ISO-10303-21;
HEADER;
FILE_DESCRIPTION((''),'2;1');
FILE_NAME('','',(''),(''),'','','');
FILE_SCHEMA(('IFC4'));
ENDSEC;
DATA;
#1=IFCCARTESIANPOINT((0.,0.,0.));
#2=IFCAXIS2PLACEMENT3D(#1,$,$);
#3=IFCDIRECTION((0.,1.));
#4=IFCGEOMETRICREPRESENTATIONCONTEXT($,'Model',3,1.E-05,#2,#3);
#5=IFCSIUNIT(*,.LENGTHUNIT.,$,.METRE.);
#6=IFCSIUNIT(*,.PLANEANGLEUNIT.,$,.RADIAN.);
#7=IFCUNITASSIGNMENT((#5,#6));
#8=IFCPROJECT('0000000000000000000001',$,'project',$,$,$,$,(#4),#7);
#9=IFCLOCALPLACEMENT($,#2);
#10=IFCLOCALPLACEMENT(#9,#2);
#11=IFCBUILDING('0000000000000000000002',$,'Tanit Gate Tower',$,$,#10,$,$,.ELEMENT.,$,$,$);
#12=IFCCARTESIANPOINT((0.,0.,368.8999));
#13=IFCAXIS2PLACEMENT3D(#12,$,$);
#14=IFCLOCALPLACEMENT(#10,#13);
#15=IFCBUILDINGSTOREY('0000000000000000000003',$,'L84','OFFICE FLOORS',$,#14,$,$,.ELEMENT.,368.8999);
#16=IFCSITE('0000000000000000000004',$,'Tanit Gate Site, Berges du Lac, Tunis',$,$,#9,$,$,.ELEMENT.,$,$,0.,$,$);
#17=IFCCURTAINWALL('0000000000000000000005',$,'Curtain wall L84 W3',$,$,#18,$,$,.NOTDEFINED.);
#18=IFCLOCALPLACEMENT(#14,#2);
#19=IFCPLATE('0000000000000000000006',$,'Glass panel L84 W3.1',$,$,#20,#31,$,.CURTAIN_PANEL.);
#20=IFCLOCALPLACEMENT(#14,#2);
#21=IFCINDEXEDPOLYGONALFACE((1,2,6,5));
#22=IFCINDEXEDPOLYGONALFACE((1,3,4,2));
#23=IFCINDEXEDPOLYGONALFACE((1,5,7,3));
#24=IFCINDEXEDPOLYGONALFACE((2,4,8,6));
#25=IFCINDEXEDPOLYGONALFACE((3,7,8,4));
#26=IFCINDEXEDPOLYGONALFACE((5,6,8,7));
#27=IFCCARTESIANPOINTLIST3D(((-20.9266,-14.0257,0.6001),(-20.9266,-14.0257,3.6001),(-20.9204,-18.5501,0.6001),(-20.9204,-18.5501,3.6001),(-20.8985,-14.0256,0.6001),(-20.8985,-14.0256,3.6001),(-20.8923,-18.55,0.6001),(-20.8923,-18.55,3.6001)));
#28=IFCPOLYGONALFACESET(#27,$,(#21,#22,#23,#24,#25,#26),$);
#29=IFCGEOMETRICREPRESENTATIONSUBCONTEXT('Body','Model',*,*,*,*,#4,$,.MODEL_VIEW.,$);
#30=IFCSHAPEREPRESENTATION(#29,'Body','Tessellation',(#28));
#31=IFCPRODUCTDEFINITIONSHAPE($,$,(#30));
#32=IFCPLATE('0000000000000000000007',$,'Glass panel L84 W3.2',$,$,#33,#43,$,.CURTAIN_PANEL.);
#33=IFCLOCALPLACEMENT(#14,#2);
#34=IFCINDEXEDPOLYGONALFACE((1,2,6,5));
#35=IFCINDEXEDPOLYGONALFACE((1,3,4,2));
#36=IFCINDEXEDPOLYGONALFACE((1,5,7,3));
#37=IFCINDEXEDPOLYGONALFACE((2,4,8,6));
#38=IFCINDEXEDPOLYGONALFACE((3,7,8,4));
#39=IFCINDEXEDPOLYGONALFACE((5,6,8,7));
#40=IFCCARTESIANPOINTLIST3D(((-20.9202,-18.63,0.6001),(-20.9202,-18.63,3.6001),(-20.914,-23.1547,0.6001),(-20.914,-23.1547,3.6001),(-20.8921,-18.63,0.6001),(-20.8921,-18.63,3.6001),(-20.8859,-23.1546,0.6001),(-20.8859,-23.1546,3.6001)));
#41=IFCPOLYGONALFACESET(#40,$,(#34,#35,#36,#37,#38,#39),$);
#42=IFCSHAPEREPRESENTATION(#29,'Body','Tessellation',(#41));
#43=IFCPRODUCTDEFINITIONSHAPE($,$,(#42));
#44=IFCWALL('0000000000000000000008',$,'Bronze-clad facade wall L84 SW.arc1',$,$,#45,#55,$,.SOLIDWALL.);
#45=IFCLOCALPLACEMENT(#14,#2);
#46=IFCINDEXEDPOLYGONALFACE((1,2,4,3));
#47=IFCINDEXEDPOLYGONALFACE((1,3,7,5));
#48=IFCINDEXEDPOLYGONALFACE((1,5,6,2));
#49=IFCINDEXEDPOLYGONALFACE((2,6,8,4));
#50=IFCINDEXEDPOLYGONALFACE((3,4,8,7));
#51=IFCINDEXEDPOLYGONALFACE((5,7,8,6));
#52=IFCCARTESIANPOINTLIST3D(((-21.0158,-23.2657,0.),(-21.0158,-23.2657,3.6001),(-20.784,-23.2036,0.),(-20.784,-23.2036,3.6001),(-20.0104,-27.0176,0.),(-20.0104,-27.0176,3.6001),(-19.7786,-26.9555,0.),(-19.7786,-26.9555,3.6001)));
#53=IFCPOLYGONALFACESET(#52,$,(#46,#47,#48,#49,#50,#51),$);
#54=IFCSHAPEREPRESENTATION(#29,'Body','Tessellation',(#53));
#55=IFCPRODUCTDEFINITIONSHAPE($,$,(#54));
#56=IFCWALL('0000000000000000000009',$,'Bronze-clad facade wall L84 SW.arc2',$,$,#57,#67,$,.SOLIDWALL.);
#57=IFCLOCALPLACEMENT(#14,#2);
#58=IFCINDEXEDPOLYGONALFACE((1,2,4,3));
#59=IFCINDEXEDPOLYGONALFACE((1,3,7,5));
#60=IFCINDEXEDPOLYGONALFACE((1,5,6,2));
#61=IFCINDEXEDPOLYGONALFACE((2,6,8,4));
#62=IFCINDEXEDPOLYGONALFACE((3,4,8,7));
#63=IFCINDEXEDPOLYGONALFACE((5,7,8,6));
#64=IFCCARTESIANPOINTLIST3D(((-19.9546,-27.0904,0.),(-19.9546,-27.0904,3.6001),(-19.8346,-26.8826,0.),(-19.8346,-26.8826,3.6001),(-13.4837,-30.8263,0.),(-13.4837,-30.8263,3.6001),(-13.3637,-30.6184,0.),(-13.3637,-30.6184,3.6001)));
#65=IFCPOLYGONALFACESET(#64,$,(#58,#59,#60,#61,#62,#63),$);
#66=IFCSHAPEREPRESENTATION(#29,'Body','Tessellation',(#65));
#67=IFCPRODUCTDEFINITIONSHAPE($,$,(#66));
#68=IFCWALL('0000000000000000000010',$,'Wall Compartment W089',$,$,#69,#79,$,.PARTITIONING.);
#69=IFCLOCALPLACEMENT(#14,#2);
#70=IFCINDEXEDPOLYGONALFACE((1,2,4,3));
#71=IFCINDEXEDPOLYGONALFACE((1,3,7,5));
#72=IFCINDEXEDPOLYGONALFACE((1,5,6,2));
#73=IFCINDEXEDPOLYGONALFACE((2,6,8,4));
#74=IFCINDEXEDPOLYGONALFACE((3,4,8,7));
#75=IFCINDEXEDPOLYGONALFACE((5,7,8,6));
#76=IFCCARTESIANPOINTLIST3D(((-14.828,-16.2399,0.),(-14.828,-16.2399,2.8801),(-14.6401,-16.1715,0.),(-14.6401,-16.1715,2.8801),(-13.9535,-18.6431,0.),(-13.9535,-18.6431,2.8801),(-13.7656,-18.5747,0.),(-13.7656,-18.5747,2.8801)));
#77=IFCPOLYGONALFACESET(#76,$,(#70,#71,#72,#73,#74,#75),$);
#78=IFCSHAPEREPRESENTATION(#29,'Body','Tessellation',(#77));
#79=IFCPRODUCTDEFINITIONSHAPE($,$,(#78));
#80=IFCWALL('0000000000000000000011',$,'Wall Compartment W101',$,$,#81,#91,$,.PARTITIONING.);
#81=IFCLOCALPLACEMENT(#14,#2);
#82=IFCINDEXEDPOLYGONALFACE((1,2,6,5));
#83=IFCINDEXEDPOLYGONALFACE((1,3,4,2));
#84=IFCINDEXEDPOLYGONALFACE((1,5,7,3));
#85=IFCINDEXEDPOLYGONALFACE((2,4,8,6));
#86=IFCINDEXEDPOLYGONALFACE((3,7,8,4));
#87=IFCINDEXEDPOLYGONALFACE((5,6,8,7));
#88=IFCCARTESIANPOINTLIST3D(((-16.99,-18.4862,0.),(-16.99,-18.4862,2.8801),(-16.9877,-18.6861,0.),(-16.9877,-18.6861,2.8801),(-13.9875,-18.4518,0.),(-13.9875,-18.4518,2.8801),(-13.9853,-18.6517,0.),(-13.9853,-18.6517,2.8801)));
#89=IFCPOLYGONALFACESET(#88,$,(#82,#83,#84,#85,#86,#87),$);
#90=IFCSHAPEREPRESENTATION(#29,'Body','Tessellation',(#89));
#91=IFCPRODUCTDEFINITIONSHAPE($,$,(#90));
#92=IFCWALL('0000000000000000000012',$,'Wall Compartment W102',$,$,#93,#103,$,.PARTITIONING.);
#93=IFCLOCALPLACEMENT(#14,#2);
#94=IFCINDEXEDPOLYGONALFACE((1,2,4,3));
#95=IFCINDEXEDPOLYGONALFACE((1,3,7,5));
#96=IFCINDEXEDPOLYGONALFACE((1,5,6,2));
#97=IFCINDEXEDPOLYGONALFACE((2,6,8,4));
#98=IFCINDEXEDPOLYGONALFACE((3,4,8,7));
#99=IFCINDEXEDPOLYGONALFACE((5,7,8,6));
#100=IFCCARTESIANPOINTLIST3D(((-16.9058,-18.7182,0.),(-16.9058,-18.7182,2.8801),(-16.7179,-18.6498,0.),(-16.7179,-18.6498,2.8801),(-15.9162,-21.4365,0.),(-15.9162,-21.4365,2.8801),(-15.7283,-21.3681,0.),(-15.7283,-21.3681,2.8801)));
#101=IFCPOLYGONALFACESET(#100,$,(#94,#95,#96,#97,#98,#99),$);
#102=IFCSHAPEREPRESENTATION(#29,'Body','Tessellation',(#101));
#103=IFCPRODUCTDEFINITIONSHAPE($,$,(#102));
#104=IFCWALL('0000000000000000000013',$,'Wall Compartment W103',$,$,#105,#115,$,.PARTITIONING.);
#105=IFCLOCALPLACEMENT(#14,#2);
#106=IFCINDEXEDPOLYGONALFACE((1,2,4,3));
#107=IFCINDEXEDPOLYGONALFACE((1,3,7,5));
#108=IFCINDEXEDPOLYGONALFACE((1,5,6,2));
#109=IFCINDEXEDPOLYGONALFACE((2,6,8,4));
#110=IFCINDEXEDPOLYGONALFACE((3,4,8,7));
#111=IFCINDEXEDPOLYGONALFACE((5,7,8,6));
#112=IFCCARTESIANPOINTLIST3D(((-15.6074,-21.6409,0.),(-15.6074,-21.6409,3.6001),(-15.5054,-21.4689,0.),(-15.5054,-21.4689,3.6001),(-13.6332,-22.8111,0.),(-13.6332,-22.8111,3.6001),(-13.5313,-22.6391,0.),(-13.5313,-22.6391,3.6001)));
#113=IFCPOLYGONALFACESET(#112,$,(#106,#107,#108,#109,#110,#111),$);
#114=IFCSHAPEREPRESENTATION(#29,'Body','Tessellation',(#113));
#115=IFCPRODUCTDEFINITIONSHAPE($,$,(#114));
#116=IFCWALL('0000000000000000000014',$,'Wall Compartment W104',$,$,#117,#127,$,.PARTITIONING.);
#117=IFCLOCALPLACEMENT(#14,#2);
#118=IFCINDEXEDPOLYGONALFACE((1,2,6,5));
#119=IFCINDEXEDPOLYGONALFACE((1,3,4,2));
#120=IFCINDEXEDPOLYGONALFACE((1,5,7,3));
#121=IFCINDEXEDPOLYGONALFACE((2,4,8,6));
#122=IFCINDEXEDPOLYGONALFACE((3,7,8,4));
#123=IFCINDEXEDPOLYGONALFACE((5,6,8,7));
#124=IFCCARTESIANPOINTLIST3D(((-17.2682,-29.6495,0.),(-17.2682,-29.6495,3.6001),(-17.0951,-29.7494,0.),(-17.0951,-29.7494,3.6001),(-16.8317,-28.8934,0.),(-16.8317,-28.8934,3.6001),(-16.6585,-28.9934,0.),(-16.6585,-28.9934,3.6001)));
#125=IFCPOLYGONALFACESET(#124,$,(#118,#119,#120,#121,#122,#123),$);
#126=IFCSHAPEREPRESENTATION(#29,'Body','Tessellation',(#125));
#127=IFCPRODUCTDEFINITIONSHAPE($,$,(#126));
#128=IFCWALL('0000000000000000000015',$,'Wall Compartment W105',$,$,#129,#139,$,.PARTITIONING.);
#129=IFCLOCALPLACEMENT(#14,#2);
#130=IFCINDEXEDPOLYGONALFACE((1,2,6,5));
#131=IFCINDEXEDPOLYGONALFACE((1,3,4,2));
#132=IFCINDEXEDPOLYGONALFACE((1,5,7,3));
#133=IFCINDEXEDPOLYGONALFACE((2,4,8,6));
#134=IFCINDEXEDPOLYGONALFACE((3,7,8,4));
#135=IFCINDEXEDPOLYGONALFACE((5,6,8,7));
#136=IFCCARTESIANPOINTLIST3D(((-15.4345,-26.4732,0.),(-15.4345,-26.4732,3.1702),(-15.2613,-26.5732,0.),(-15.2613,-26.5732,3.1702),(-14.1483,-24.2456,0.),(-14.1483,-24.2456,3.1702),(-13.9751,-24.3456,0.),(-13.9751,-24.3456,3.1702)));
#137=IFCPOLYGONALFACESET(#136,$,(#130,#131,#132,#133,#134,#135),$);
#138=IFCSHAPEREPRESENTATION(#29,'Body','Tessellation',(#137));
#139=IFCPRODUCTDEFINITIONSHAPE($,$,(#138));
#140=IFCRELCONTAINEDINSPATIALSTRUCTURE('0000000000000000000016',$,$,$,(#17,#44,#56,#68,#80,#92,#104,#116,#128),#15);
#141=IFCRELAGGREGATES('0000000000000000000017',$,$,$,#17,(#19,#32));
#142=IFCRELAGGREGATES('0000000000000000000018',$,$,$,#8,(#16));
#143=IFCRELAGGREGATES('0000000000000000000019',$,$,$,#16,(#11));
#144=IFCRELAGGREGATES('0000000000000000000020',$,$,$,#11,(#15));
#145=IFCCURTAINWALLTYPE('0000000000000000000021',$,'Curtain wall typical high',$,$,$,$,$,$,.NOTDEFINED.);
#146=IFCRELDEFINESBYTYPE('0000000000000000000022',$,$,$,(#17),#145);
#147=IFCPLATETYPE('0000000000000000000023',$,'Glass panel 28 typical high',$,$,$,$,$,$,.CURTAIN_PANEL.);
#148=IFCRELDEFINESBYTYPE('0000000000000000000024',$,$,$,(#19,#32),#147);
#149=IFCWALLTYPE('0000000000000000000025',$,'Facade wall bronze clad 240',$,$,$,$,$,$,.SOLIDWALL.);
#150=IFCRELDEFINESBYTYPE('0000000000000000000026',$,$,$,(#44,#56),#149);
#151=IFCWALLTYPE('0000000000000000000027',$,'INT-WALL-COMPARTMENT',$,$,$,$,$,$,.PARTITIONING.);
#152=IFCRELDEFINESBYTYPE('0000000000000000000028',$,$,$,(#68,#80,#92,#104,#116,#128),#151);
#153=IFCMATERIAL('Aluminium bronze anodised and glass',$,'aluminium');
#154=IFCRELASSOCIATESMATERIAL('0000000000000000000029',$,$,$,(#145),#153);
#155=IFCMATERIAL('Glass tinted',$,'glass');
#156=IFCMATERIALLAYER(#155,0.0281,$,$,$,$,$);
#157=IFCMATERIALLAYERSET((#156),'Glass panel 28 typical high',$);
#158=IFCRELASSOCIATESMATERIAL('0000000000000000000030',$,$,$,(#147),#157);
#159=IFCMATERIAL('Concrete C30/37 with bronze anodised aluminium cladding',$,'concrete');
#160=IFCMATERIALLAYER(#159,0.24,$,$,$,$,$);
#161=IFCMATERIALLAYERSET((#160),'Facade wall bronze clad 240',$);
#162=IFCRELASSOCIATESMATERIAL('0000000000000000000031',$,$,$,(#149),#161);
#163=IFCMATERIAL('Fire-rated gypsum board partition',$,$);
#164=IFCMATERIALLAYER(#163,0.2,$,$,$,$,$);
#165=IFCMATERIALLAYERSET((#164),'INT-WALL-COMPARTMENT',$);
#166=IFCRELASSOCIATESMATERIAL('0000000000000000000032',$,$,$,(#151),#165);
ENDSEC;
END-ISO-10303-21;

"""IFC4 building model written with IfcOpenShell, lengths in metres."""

from ifc_helpers import new_model, si_unit, direction, frame, frame_2d, origin, origin_2d, place, context, subcontext, project, spatial, rectangle, extrude, material, layer, layer_set, type_object, element, aggregate, save


model = new_model("IFC4")

# Units and contexts
model_context = context("Model", 3, precision=1e-05, world=origin(), true_north=direction((0.0, 1.0)))
body_context = subcontext(model_context, "Body", "Model", "MODEL_VIEW")
ifc_project = project(units=[si_unit("LENGTHUNIT", "METRE"), si_unit("PLANEANGLEUNIT", "RADIAN")], contexts=[model_context])

# Site, building, storey
site_placement = place(None, origin())
site = spatial("IfcSite", under=ifc_project, at=site_placement, Name="Tanit Gate Site, Berges du Lac, Tunis", CompositionType="ELEMENT", RefElevation=0.0)
building_placement = place(site_placement, origin())
building = spatial("IfcBuilding", under=site, at=building_placement, Name="Tanit Gate Tower", CompositionType="ELEMENT")
storey_placement = place(building_placement, frame((0.0, 0.0, 368.8999)))
storey = spatial("IfcBuildingStorey", under=building, at=storey_placement, Name="L84", Description="OFFICE FLOORS", CompositionType="ELEMENT", Elevation=368.8999)

# Curtain wall
ifc_material_1 = material(Name="Aluminium bronze anodised and glass", Category="aluminium")
curtain_wall_type = type_object("IfcCurtainWallType", Name="Curtain wall typical high", PredefinedType="NOTDEFINED", material=ifc_material_1)
curtain_wall_placement = place(storey_placement, origin())
curtain_wall = element("IfcCurtainWall", 1, at=curtain_wall_placement, inside=storey, type_object=curtain_wall_type, Name="Curtain wall L84 W3", PredefinedType="NOTDEFINED")

# Plates
ifc_material_2 = material(Name="Glass tinted", Category="glass")
ifc_layer_1 = layer(ifc_material_2, 0.0281)
ifc_layer_set_1 = layer_set([ifc_layer_1], Name="Glass panel 28 typical high")
plate_type = type_object("IfcPlateType", Name="Glass panel 28 typical high", PredefinedType="CURTAIN_PANEL", material=ifc_layer_set_1)
plate_1_placement = place(storey_placement, frame((-20.9094, -16.2878, 0.6001), z_axis=(0.0, 0.0, 1.0), x_axis=(0.001372, -0.999999, 0.0)))
plate_1 = element("IfcPlate", 2, at=plate_1_placement, type_object=plate_type, Name="Glass panel L84 W3.1", PredefinedType="CURTAIN_PANEL", context=body_context, shape_type="SweptSolid", body=[
    extrude(rectangle(XDim=4.5244, YDim=0.0281, at=origin_2d()), origin(), (0.0, 0.0, 1.0), 3.0),
])
plate_2_placement = place(storey_placement, frame((-20.9031, -20.8923, 0.6001), z_axis=(0.0, 0.0, 1.0), x_axis=(0.001372, -0.999999, 0.0)))
plate_2 = element("IfcPlate", 3, at=plate_2_placement, type_object=plate_type, Name="Glass panel L84 W3.2", PredefinedType="CURTAIN_PANEL", context=body_context, shape_type="SweptSolid", body=[
    extrude(rectangle(XDim=4.5247, YDim=0.0281, at=origin_2d()), origin(), (0.0, 0.0, 1.0), 3.0),
])
aggregate(curtain_wall, [plate_1, plate_2])

# Walls
ifc_material_3 = material(Name="Concrete C30/37 with bronze anodised aluminium cladding", Category="concrete")
ifc_layer_2 = layer(ifc_material_3, 0.24)
ifc_layer_set_2 = layer_set([ifc_layer_2], Name="Facade wall bronze clad 240")
wall_type_1 = type_object("IfcWallType", Name="Facade wall bronze clad 240", PredefinedType="SOLIDWALL", material=ifc_layer_set_2)
wall_1_placement = place(storey_placement, frame((-20.8999, -23.2346, 0.0), z_axis=(0.0, 0.0, 1.0), x_axis=(0.258828, -0.965923, 0.0)))
element("IfcWall", 4, at=wall_1_placement, inside=storey, type_object=wall_type_1, Name="Bronze-clad facade wall L84 SW.arc1", PredefinedType="SOLIDWALL", context=body_context, shape_type="SweptSolid", body=[
    extrude(rectangle(XDim=3.8843, YDim=0.24, at=frame_2d((1.9421, 0.0))), origin(), (0.0, 0.0, 1.0), 3.6001),
])
wall_2_placement = place(storey_placement, frame((-19.8945, -26.9866, 0.0), z_axis=(0.0, 0.0, 1.0), x_axis=(0.866035, -0.499984, 0.0)))
element("IfcWall", 5, at=wall_2_placement, inside=storey, type_object=wall_type_1, Name="Bronze-clad facade wall L84 SW.arc2", PredefinedType="SOLIDWALL", context=body_context, shape_type="SweptSolid", body=[
    extrude(rectangle(XDim=7.4719, YDim=0.24, at=frame_2d((3.7358, 0.0))), origin(), (0.0, 0.0, 1.0), 3.6001),
])
ifc_material_4 = material(Name="Fire-rated gypsum board partition")
ifc_layer_3 = layer(ifc_material_4, 0.2)
ifc_layer_set_3 = layer_set([ifc_layer_3], Name="INT-WALL-COMPARTMENT")
wall_type_2 = type_object("IfcWallType", Name="INT-WALL-COMPARTMENT", PredefinedType="PARTITIONING", material=ifc_layer_set_3)
wall_3_placement = place(storey_placement, frame((-14.7341, -16.2056, 0.0), z_axis=(0.0, 0.0, 1.0), x_axis=(0.341973, -0.93971, 0.0)))
element("IfcWall", 6, at=wall_3_placement, inside=storey, type_object=wall_type_2, Name="Wall Compartment W089", PredefinedType="PARTITIONING", context=body_context, shape_type="SweptSolid", body=[
    extrude(rectangle(XDim=2.5574, YDim=0.2, at=frame_2d((1.2788, 0.0))), origin(), (0.0, 0.0, 1.0), 2.8801),
])
wall_4_placement = place(storey_placement, frame((-16.989, -18.5862, 0.0), z_axis=(0.0, 0.0, 1.0), x_axis=(0.999934, 0.011465, 0.0)))
element("IfcWall", 7, at=wall_4_placement, inside=storey, type_object=wall_type_2, Name="Wall Compartment W101", PredefinedType="PARTITIONING", context=body_context, shape_type="SweptSolid", body=[
    extrude(rectangle(XDim=3.0027, YDim=0.2, at=frame_2d((1.5015, 0.0))), origin(), (0.0, 0.0, 1.0), 2.8801),
])
wall_5_placement = place(storey_placement, frame((-16.8118, -18.6841, 0.0), z_axis=(0.0, 0.0, 1.0), x_axis=(0.342062, -0.939678, 0.0)))
element("IfcWall", 8, at=wall_5_placement, inside=storey, type_object=wall_type_2, Name="Wall Compartment W102", PredefinedType="PARTITIONING", context=body_context, shape_type="SweptSolid", body=[
    extrude(rectangle(XDim=2.8928, YDim=0.2, at=frame_2d((1.4463, 0.0))), origin(), (0.0, 0.0, 1.0), 2.8801),
])
wall_6_placement = place(storey_placement, frame((-15.5564, -21.5549, 0.0), z_axis=(0.0, 0.0, 1.0), x_axis=(0.860231, -0.509904, 0.0)))
element("IfcWall", 9, at=wall_6_placement, inside=storey, type_object=wall_type_2, Name="Wall Compartment W103", PredefinedType="PARTITIONING", context=body_context, shape_type="SweptSolid", body=[
    extrude(rectangle(XDim=2.2949, YDim=0.2, at=frame_2d((1.1475, 0.0))), origin(), (0.0, 0.0, 1.0), 3.6001),
])
wall_7_placement = place(storey_placement, frame((-17.1816, -29.6995, 0.0), z_axis=(0.0, 0.0, 1.0), x_axis=(0.499989, 0.866032, 0.0)))
element("IfcWall", 10, at=wall_7_placement, inside=storey, type_object=wall_type_2, Name="Wall Compartment W104", PredefinedType="PARTITIONING", context=body_context, shape_type="SweptSolid", body=[
    extrude(rectangle(XDim=0.873, YDim=0.2, at=frame_2d((0.4365, 0.0))), origin(), (0.0, 0.0, 1.0), 3.6001),
])
wall_8_placement = place(storey_placement, frame((-15.3479, -26.5232, 0.0), z_axis=(0.0, 0.0, 1.0), x_axis=(0.500018, 0.866015, 0.0)))
element("IfcWall", 11, at=wall_8_placement, inside=storey, type_object=wall_type_2, Name="Wall Compartment W105", PredefinedType="PARTITIONING", context=body_context, shape_type="SweptSolid", body=[
    extrude(rectangle(XDim=2.5723, YDim=0.2, at=frame_2d((1.2861, 0.0))), origin(), (0.0, 0.0, 1.0), 3.1702),
])

save(model, "model.ifc")
